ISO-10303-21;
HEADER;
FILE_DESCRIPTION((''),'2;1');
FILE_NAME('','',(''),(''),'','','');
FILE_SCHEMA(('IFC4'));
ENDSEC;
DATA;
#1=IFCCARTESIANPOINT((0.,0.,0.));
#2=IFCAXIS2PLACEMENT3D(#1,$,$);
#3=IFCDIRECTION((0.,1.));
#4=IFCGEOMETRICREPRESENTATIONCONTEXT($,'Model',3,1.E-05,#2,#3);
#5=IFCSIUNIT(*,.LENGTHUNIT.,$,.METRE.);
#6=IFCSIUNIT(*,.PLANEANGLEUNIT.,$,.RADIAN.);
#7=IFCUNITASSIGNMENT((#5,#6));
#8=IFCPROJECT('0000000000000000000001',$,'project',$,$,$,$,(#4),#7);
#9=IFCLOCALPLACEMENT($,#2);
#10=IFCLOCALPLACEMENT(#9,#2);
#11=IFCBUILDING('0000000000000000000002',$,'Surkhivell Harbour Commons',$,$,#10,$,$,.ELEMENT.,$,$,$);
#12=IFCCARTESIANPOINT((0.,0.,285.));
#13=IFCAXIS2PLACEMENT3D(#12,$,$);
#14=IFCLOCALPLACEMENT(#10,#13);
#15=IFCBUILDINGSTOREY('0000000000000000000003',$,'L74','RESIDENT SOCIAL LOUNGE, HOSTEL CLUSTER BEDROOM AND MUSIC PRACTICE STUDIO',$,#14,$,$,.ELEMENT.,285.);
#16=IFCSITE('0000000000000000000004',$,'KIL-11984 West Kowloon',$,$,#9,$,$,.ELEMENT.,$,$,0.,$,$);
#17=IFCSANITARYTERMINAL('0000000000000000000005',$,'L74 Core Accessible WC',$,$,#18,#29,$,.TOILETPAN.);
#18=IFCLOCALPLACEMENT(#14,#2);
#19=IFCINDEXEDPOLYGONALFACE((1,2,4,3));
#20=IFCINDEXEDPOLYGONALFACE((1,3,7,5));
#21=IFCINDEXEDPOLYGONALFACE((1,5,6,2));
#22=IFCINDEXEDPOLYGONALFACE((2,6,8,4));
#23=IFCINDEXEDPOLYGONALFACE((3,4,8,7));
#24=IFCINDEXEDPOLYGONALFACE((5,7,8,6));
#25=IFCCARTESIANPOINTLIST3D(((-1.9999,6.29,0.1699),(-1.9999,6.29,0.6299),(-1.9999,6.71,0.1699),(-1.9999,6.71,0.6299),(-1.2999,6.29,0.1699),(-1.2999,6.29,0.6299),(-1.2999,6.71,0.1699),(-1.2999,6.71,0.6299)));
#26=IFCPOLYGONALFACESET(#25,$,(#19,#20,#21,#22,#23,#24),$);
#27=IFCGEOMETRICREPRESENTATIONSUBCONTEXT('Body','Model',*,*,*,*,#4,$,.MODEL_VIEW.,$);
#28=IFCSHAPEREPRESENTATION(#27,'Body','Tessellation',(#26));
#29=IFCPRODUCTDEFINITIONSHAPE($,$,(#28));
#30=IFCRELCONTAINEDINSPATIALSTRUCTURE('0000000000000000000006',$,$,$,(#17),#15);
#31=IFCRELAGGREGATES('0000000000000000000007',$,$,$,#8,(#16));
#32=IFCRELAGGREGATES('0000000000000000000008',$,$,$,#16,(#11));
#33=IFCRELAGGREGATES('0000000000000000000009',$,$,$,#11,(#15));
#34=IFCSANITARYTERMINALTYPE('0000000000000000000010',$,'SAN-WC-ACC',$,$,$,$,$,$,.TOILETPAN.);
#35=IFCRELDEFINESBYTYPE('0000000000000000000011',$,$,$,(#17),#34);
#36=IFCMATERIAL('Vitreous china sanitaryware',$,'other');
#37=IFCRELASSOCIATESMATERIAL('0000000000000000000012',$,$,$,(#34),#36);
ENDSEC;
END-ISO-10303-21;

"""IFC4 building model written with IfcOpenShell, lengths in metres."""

from ifc_helpers import new_model, si_unit, direction, frame, origin, origin_2d, place, context, subcontext, project, spatial, rectangle, extrude, material, type_object, element, save


model = new_model("IFC4")

# Units and contexts
model_context = context("Model", 3, precision=1e-05, world=origin(), true_north=direction((0.0, 1.0)))
body_context = subcontext(model_context, "Body", "Model", "MODEL_VIEW")
ifc_project = project(units=[si_unit("LENGTHUNIT", "METRE"), si_unit("PLANEANGLEUNIT", "RADIAN")], contexts=[model_context])

# Site, building, storey
site_placement = place(None, origin())
site = spatial("IfcSite", under=ifc_project, at=site_placement, Name="KIL-11984 West Kowloon", CompositionType="ELEMENT", RefElevation=0.0)
building_placement = place(site_placement, origin())
building = spatial("IfcBuilding", under=site, at=building_placement, Name="Surkhivell Harbour Commons", CompositionType="ELEMENT")
storey_placement = place(building_placement, frame((0.0, 0.0, 285.0)))
storey = spatial("IfcBuildingStorey", under=building, at=storey_placement, Name="L74", Description="RESIDENT SOCIAL LOUNGE, HOSTEL CLUSTER BEDROOM AND MUSIC PRACTICE STUDIO", CompositionType="ELEMENT", Elevation=285.0)

# Sanitary terminal
ifc_material_1 = material(Name="Vitreous china sanitaryware", Category="other")
sanitary_terminal_type_1 = type_object("IfcSanitaryTerminalType", Name="SAN-WC-ACC", PredefinedType="TOILETPAN", material=ifc_material_1)
sanitary_terminal_1_placement = place(storey_placement, frame((-1.6499, 6.5, 0.1699), z_axis=(0.0, 0.0, 1.0), x_axis=(1.0, 0.0, 0.0)))
element("IfcSanitaryTerminal", 1, at=sanitary_terminal_1_placement, inside=storey, type_object=sanitary_terminal_type_1, Name="L74 Core Accessible WC", PredefinedType="TOILETPAN", context=body_context, shape_type="SweptSolid", body=[
    extrude(rectangle(XDim=0.7, YDim=0.4199, at=origin_2d()), origin(), (0.0, 0.0, 1.0), 0.46),
])

save(model, "model.ifc")
